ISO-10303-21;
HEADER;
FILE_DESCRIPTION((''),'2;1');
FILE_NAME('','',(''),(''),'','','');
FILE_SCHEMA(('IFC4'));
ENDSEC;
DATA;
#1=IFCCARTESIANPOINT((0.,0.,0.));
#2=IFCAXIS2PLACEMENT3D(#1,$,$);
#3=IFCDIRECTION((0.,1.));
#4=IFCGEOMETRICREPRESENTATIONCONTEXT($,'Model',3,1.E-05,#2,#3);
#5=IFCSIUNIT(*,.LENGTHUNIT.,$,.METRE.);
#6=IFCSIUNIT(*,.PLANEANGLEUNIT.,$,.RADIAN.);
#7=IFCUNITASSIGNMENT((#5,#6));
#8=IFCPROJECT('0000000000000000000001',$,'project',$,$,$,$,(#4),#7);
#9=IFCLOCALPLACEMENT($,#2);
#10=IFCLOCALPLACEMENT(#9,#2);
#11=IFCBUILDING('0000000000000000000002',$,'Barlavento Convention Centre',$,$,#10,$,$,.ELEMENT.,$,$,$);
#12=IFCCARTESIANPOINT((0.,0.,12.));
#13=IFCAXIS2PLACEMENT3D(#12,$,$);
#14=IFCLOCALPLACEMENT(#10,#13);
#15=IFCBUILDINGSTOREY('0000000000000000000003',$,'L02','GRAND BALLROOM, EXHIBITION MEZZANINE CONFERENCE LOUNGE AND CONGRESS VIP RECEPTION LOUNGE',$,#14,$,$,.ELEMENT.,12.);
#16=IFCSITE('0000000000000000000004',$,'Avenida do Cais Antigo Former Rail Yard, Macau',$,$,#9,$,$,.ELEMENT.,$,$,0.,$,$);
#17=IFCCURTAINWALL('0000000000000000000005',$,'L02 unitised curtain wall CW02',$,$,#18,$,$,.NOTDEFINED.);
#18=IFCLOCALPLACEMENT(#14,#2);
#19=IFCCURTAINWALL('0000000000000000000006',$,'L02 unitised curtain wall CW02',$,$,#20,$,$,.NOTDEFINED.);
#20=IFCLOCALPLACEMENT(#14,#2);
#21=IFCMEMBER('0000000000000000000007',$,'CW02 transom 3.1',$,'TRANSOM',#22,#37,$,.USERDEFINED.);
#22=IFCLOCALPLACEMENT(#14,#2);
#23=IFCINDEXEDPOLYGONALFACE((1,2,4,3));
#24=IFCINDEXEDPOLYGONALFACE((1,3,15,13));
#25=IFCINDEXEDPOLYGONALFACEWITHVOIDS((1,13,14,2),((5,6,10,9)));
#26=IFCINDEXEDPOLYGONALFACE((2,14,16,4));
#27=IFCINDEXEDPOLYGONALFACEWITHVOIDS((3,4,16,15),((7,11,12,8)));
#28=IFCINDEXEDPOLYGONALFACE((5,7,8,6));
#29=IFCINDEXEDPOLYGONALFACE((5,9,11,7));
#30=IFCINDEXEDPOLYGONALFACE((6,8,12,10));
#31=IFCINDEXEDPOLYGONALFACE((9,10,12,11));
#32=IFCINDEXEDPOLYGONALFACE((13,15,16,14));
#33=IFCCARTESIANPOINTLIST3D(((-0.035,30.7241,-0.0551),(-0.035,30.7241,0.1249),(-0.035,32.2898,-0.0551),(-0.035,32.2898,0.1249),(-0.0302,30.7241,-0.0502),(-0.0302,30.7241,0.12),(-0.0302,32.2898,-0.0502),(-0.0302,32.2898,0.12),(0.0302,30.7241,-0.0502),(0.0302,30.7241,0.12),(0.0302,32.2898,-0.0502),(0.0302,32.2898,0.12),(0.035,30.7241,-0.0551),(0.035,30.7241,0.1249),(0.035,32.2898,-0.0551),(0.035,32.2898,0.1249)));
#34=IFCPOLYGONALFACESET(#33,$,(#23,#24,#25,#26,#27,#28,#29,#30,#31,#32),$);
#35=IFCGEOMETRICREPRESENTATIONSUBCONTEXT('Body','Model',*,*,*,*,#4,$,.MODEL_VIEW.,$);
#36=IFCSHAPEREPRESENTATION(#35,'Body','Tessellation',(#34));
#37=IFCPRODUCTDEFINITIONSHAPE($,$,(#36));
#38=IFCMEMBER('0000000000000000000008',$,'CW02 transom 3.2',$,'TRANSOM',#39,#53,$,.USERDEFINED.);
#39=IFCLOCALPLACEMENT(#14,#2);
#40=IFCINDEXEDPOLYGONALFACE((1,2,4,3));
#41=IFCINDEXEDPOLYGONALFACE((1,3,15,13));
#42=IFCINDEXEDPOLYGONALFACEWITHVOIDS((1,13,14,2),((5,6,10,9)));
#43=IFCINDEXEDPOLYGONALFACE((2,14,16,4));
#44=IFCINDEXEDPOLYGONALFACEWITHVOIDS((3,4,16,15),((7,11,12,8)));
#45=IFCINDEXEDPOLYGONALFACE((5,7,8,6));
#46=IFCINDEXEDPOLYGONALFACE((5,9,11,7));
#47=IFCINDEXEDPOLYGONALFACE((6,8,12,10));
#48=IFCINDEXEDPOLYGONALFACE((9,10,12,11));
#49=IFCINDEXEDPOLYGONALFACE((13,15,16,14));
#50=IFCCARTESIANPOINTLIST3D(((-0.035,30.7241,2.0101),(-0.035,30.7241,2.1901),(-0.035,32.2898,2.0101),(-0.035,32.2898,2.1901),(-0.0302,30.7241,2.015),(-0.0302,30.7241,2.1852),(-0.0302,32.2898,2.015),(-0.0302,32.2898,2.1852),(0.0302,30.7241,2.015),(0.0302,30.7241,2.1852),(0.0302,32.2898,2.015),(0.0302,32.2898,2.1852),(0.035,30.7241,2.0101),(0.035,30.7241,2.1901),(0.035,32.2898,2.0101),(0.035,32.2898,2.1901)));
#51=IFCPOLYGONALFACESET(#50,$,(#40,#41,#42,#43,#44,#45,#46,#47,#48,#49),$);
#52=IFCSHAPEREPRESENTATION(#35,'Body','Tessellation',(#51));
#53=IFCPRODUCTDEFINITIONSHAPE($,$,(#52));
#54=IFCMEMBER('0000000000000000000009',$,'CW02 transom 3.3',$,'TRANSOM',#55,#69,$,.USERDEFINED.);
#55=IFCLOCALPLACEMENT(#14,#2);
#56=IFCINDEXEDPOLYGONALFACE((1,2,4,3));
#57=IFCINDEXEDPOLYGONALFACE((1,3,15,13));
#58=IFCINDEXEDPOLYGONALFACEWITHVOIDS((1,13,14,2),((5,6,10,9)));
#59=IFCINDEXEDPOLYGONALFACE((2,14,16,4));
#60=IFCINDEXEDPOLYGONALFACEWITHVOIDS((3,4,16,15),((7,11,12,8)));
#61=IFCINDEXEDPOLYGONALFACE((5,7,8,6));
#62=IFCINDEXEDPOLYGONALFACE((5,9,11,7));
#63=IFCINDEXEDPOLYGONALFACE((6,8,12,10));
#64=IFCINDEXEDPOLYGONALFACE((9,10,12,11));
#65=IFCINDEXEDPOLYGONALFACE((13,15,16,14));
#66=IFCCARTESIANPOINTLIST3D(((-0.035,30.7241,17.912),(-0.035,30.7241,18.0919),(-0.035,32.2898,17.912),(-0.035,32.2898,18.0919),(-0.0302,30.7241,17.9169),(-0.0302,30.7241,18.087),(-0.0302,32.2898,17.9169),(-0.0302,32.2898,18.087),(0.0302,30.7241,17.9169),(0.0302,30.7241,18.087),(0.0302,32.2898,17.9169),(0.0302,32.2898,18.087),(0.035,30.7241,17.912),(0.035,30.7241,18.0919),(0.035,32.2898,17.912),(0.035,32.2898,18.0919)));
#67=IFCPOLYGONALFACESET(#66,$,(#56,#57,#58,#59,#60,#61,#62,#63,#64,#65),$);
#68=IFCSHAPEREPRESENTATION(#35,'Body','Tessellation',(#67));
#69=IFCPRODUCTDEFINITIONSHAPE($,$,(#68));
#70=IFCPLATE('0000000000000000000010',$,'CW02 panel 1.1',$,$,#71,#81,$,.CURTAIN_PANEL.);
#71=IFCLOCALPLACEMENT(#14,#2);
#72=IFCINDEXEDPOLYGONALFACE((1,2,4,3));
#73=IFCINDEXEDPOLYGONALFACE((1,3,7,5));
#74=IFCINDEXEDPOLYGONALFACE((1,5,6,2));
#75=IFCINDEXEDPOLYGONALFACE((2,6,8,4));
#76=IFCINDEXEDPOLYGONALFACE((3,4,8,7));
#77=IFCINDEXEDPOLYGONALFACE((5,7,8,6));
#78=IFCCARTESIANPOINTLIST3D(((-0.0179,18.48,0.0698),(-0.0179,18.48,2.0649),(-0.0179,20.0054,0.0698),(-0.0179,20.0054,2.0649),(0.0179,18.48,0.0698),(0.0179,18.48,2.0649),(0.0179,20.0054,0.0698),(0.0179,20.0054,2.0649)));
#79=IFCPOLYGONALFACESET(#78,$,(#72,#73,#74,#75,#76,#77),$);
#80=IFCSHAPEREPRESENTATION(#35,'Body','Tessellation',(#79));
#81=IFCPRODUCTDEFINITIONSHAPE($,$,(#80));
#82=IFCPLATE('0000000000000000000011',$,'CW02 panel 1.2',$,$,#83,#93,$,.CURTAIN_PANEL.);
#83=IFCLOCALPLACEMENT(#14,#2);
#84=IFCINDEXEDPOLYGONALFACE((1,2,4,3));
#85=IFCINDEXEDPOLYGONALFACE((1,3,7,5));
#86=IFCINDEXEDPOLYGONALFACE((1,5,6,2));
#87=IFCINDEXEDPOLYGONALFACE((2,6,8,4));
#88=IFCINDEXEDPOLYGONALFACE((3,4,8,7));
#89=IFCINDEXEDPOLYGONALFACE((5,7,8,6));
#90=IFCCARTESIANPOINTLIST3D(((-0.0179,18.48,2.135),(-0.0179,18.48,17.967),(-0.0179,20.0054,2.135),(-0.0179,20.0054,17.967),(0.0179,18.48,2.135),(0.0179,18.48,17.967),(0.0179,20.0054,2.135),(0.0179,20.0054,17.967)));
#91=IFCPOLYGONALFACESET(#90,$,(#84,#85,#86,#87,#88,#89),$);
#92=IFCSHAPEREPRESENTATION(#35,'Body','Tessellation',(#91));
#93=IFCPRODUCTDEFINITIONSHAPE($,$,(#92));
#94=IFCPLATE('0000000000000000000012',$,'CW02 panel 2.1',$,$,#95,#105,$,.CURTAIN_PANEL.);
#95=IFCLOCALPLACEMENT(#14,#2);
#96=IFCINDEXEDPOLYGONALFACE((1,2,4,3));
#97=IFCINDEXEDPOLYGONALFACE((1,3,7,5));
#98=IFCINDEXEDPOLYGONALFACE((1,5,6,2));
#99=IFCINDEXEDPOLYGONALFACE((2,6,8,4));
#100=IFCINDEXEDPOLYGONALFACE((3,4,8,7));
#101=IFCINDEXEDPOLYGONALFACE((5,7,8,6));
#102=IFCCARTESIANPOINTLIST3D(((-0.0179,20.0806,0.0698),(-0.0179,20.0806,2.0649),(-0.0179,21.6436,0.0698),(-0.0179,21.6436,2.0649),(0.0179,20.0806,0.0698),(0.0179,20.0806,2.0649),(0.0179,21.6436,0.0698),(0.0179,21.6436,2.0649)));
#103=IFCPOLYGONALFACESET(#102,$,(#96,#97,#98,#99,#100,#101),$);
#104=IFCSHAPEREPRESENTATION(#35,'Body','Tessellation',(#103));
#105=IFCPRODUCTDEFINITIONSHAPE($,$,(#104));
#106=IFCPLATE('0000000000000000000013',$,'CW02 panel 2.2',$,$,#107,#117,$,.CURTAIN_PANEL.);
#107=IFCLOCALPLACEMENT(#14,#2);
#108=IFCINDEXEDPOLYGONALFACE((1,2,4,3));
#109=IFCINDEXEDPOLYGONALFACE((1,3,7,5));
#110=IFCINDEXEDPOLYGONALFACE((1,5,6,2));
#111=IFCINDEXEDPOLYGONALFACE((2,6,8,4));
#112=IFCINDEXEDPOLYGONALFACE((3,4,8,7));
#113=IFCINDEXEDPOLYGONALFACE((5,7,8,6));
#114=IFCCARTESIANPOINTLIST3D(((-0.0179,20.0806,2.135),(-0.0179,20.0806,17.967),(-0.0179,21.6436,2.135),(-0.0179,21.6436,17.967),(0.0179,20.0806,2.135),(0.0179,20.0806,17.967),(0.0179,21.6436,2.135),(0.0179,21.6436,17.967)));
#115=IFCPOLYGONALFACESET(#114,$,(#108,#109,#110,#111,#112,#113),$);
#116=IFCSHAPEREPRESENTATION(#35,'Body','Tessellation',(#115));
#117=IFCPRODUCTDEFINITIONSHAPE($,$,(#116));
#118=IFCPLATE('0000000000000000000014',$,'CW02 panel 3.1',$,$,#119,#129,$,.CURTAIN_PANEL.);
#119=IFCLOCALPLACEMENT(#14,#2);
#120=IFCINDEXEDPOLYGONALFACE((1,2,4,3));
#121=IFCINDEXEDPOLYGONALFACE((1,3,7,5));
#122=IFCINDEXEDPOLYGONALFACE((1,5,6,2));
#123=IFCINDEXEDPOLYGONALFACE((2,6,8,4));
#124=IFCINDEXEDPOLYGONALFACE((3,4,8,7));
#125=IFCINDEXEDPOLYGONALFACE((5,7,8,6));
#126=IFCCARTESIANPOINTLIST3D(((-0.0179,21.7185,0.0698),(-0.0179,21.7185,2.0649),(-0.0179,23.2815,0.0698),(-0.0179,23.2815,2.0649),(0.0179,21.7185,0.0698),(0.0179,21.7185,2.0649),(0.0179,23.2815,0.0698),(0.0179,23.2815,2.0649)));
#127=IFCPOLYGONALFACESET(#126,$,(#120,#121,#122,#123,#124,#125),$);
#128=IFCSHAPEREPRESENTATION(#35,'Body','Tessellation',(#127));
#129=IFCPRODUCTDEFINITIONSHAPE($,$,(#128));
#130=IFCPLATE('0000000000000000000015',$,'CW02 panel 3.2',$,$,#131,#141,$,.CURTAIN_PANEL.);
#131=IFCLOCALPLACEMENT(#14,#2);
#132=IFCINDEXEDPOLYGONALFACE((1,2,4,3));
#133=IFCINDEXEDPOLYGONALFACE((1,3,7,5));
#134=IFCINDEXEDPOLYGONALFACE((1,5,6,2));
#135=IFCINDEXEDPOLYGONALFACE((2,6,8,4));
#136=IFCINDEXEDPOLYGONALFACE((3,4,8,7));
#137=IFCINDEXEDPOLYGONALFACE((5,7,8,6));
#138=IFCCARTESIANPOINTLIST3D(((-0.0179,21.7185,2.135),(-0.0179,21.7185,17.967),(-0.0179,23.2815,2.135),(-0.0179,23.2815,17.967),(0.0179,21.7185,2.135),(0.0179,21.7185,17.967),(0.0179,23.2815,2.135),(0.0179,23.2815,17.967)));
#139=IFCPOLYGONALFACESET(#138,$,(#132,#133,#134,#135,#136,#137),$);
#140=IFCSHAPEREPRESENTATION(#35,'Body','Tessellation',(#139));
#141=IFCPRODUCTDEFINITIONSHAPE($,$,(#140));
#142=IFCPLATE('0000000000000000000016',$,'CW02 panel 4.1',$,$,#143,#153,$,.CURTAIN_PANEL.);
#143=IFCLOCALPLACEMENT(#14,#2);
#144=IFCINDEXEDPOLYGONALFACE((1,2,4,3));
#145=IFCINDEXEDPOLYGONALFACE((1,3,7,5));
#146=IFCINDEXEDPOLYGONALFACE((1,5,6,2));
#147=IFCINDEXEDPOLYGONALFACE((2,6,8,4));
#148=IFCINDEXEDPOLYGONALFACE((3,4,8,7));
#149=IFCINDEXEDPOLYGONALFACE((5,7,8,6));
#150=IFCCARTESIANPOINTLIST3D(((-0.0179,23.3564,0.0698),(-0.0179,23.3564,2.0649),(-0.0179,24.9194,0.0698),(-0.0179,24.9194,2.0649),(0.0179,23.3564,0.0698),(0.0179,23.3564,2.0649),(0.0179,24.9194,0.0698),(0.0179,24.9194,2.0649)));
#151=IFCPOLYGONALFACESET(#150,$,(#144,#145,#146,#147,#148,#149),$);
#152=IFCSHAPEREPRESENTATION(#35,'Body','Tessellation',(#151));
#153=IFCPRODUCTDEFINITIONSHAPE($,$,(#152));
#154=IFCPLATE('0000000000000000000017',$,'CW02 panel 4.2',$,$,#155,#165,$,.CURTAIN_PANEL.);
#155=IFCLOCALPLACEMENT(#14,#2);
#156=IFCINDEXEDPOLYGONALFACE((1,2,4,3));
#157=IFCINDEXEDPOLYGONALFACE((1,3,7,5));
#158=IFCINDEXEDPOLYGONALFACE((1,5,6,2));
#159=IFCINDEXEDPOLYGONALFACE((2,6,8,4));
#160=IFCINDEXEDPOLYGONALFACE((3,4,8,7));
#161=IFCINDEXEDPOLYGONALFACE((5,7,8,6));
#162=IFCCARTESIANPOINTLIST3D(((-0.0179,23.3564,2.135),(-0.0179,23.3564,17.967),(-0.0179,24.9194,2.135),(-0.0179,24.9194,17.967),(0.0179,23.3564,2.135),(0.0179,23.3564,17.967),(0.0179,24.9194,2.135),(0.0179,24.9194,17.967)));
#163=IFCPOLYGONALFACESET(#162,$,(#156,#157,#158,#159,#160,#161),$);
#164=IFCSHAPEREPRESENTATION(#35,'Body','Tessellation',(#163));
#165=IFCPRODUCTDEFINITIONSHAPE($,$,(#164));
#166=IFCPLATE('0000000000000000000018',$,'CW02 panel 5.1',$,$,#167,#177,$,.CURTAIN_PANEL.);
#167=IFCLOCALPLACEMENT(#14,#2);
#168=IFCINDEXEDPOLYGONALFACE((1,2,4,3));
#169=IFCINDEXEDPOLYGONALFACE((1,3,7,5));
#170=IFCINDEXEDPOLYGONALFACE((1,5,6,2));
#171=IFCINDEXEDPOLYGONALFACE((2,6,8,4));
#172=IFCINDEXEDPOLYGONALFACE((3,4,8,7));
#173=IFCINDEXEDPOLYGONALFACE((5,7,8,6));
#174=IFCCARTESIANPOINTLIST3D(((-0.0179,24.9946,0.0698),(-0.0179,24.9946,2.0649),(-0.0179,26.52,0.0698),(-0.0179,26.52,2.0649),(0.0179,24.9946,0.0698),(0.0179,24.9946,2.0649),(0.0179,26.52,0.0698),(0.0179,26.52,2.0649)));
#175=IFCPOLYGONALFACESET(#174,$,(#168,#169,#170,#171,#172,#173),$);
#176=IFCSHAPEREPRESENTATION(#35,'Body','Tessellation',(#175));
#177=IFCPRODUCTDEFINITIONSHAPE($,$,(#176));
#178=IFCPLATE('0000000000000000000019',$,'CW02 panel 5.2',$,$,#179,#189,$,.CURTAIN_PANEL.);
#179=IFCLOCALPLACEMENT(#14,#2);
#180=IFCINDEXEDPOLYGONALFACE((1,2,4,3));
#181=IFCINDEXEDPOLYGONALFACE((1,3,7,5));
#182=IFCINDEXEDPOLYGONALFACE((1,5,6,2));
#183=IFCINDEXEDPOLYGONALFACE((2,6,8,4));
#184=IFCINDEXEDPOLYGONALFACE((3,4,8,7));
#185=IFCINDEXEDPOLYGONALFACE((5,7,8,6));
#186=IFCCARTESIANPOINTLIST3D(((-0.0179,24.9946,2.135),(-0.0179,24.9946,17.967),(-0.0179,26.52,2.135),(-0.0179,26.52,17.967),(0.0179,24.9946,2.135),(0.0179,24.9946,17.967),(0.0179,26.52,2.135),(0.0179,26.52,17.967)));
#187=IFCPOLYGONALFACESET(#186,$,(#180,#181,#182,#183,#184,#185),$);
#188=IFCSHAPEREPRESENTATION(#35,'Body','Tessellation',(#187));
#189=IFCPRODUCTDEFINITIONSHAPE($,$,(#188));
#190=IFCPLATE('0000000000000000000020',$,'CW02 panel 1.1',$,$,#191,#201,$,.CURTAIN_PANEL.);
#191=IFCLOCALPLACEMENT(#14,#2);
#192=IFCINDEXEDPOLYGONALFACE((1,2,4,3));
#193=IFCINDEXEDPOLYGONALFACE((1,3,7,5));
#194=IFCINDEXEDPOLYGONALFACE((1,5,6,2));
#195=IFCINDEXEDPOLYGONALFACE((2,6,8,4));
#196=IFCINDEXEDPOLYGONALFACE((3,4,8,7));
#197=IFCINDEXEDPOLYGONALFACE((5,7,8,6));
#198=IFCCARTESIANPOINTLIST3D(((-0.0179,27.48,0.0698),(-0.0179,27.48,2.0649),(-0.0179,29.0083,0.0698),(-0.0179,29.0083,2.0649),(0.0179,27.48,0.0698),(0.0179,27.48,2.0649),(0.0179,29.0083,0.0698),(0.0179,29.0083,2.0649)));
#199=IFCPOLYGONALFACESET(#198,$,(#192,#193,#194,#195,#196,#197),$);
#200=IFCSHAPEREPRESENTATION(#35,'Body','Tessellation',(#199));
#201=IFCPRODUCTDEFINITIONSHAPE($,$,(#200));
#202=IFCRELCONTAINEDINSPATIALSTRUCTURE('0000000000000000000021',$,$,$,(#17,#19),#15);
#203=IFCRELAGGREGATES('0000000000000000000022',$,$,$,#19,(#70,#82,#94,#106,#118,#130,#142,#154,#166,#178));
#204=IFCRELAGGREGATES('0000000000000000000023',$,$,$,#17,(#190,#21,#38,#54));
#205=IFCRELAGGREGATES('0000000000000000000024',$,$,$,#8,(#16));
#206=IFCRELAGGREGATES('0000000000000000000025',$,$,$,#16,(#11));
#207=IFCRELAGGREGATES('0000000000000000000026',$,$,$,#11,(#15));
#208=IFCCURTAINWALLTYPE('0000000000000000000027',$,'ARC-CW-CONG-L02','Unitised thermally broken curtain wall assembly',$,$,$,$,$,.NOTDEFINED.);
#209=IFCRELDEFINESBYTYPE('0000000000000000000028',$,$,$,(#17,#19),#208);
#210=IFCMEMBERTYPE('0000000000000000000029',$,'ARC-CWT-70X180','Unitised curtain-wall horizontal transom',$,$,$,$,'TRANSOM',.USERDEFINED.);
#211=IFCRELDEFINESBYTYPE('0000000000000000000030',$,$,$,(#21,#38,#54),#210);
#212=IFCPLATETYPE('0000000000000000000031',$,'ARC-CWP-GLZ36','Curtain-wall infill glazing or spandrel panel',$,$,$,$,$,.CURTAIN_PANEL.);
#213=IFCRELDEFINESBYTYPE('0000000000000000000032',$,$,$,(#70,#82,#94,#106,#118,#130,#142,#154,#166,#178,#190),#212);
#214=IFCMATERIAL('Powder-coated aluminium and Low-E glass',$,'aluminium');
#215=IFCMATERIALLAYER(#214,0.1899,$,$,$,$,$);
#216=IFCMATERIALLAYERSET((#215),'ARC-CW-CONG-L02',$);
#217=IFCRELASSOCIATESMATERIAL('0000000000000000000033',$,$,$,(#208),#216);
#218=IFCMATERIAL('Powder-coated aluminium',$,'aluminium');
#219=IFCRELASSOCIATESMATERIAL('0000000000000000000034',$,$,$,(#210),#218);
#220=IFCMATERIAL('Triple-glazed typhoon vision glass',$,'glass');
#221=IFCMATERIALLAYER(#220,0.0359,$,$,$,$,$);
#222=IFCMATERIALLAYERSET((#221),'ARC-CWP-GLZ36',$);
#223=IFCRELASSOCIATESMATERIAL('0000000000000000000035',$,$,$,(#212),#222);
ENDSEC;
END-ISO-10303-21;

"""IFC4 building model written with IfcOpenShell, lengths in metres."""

from ifc_helpers import new_model, si_unit, direction, frame, origin, origin_2d, place, context, subcontext, project, spatial, rectangle, hollow_rectangle, extrude, material, layer, layer_set, material_profile, profile_set, type_object, element, aggregate, save


model = new_model("IFC4")

# Units and contexts
model_context = context("Model", 3, precision=1e-05, world=origin(), true_north=direction((0.0, 1.0)))
body_context = subcontext(model_context, "Body", "Model", "MODEL_VIEW")
ifc_project = project(units=[si_unit("LENGTHUNIT", "METRE"), si_unit("PLANEANGLEUNIT", "RADIAN")], contexts=[model_context])

# Site, building, storey
site_placement = place(None, origin())
site = spatial("IfcSite", under=ifc_project, at=site_placement, Name="Avenida do Cais Antigo Former Rail Yard, Macau", CompositionType="ELEMENT", RefElevation=0.0)
building_placement = place(site_placement, origin())
building = spatial("IfcBuilding", under=site, at=building_placement, Name="Barlavento Convention Centre", CompositionType="ELEMENT")
storey_placement = place(building_placement, frame((0.0, 0.0, 12.0)))
storey = spatial("IfcBuildingStorey", under=building, at=storey_placement, Name="L02", Description="GRAND BALLROOM, EXHIBITION MEZZANINE CONFERENCE LOUNGE AND CONGRESS VIP RECEPTION LOUNGE", CompositionType="ELEMENT", Elevation=12.0)

# Curtain wall
ifc_material_1 = material(Name="Powder-coated aluminium and Low-E glass", Category="aluminium")
ifc_layer_1 = layer(ifc_material_1, 0.1899)
ifc_layer_set_1 = layer_set([ifc_layer_1], Name="ARC-CW-CONG-L02")
curtain_wall_type = type_object("IfcCurtainWallType", Name="ARC-CW-CONG-L02", Description="Unitised thermally broken curtain wall assembly", PredefinedType="NOTDEFINED", material=ifc_layer_set_1)
curtain_wall_1_placement = place(storey_placement, origin())
curtain_wall_1 = element("IfcCurtainWall", 1, at=curtain_wall_1_placement, inside=storey, type_object=curtain_wall_type, Name="L02 unitised curtain wall CW02", PredefinedType="NOTDEFINED")
ifc_material_2 = material(Name="Powder-coated aluminium", Category="aluminium")

# Curtain wall
curtain_wall_2_placement = place(storey_placement, origin())
curtain_wall_2 = element("IfcCurtainWall", 2, at=curtain_wall_2_placement, inside=storey, type_object=curtain_wall_type, Name="L02 unitised curtain wall CW02", PredefinedType="NOTDEFINED")
ifc_material_profile_1 = material_profile(ifc_material_2, hollow_rectangle(XDim=0.0701, YDim=0.1799, WallThickness=0.0049, at=origin_2d()), Name="AL-TRAN 70x180x5")
ifc_profile_set_1 = profile_set([ifc_material_profile_1], Name="Powder-coated aluminium")
member_type_1 = type_object("IfcMemberType", Name="ARC-CWT-70X180", Description="Unitised curtain-wall horizontal transom", ElementType="TRANSOM", PredefinedType="USERDEFINED", material=ifc_profile_set_1)

# Members
member_1_placement = place(storey_placement, frame((0.0, 30.7241, 0.0349), z_axis=(0.0, 1.0, 0.0), x_axis=(-1.0, 0.0, 0.0)))
member_1 = element("IfcMember", 3, at=member_1_placement, type_object=member_type_1, Name="CW02 transom 3.1", ObjectType="TRANSOM", PredefinedType="USERDEFINED", context=body_context, shape_type="SweptSolid", body=[
    extrude(hollow_rectangle(XDim=0.0701, YDim=0.1799, WallThickness=0.0049, at=origin_2d()), origin(), (0.0, 0.0, 1.0), 1.5657),
])
member_2_placement = place(storey_placement, frame((0.0, 30.7241, 2.1001), z_axis=(0.0, 1.0, 0.0), x_axis=(-1.0, 0.0, 0.0)))
member_2 = element("IfcMember", 4, at=member_2_placement, type_object=member_type_1, Name="CW02 transom 3.2", ObjectType="TRANSOM", PredefinedType="USERDEFINED", context=body_context, shape_type="SweptSolid", body=[
    extrude(hollow_rectangle(XDim=0.0701, YDim=0.1799, WallThickness=0.0049, at=origin_2d()), origin(), (0.0, 0.0, 1.0), 1.5657),
])
member_3_placement = place(storey_placement, frame((0.0, 30.7241, 18.002), z_axis=(0.0, 1.0, 0.0), x_axis=(-1.0, 0.0, 0.0)))
member_3 = element("IfcMember", 5, at=member_3_placement, type_object=member_type_1, Name="CW02 transom 3.3", ObjectType="TRANSOM", PredefinedType="USERDEFINED", context=body_context, shape_type="SweptSolid", body=[
    extrude(hollow_rectangle(XDim=0.0701, YDim=0.1799, WallThickness=0.0049, at=origin_2d()), origin(), (0.0, 0.0, 1.0), 1.5657),
])

# Plates
ifc_material_3 = material(Name="Triple-glazed typhoon vision glass", Category="glass")
ifc_layer_2 = layer(ifc_material_3, 0.0359)
ifc_layer_set_2 = layer_set([ifc_layer_2], Name="ARC-CWP-GLZ36")
plate_type = type_object("IfcPlateType", Name="ARC-CWP-GLZ36", Description="Curtain-wall infill glazing or spandrel panel", PredefinedType="CURTAIN_PANEL", material=ifc_layer_set_2)
plate_1_placement = place(storey_placement, frame((0.0, 19.2427, 0.0698), z_axis=(0.0, 0.0, 1.0), x_axis=(0.0, 1.0, 0.0)))
plate_1 = element("IfcPlate", 6, at=plate_1_placement, type_object=plate_type, Name="CW02 panel 1.1", PredefinedType="CURTAIN_PANEL", context=body_context, shape_type="SweptSolid", body=[
    extrude(rectangle(XDim=1.5254, YDim=0.0359, at=origin_2d()), origin(), (0.0, 0.0, 1.0), 1.9951),
])
plate_2_placement = place(storey_placement, frame((0.0, 19.2427, 2.135), z_axis=(0.0, 0.0, 1.0), x_axis=(0.0, 1.0, 0.0)))
plate_2 = element("IfcPlate", 7, at=plate_2_placement, type_object=plate_type, Name="CW02 panel 1.2", PredefinedType="CURTAIN_PANEL", context=body_context, shape_type="SweptSolid", body=[
    extrude(rectangle(XDim=1.5254, YDim=0.0359, at=origin_2d()), origin(), (0.0, 0.0, 1.0), 15.832),
])
plate_3_placement = place(storey_placement, frame((0.0, 20.8621, 0.0698), z_axis=(0.0, 0.0, 1.0), x_axis=(0.0, 1.0, 0.0)))
plate_3 = element("IfcPlate", 8, at=plate_3_placement, type_object=plate_type, Name="CW02 panel 2.1", PredefinedType="CURTAIN_PANEL", context=body_context, shape_type="SweptSolid", body=[
    extrude(rectangle(XDim=1.563, YDim=0.0359, at=origin_2d()), origin(), (0.0, 0.0, 1.0), 1.9951),
])
plate_4_placement = place(storey_placement, frame((0.0, 20.8621, 2.135), z_axis=(0.0, 0.0, 1.0), x_axis=(0.0, 1.0, 0.0)))
plate_4 = element("IfcPlate", 9, at=plate_4_placement, type_object=plate_type, Name="CW02 panel 2.2", PredefinedType="CURTAIN_PANEL", context=body_context, shape_type="SweptSolid", body=[
    extrude(rectangle(XDim=1.563, YDim=0.0359, at=origin_2d()), origin(), (0.0, 0.0, 1.0), 15.832),
])
plate_5_placement = place(storey_placement, frame((0.0, 22.5, 0.0698), z_axis=(0.0, 0.0, 1.0), x_axis=(0.0, 1.0, 0.0)))
plate_5 = element("IfcPlate", 10, at=plate_5_placement, type_object=plate_type, Name="CW02 panel 3.1", PredefinedType="CURTAIN_PANEL", context=body_context, shape_type="SweptSolid", body=[
    extrude(rectangle(XDim=1.563, YDim=0.0359, at=origin_2d()), origin(), (0.0, 0.0, 1.0), 1.9951),
])
plate_6_placement = place(storey_placement, frame((0.0, 22.5, 2.135), z_axis=(0.0, 0.0, 1.0), x_axis=(0.0, 1.0, 0.0)))
plate_6 = element("IfcPlate", 11, at=plate_6_placement, type_object=plate_type, Name="CW02 panel 3.2", PredefinedType="CURTAIN_PANEL", context=body_context, shape_type="SweptSolid", body=[
    extrude(rectangle(XDim=1.563, YDim=0.0359, at=origin_2d()), origin(), (0.0, 0.0, 1.0), 15.832),
])
plate_7_placement = place(storey_placement, frame((0.0, 24.1379, 0.0698), z_axis=(0.0, 0.0, 1.0), x_axis=(0.0, 1.0, 0.0)))
plate_7 = element("IfcPlate", 12, at=plate_7_placement, type_object=plate_type, Name="CW02 panel 4.1", PredefinedType="CURTAIN_PANEL", context=body_context, shape_type="SweptSolid", body=[
    extrude(rectangle(XDim=1.563, YDim=0.0359, at=origin_2d()), origin(), (0.0, 0.0, 1.0), 1.9951),
])
plate_8_placement = place(storey_placement, frame((0.0, 24.1379, 2.135), z_axis=(0.0, 0.0, 1.0), x_axis=(0.0, 1.0, 0.0)))
plate_8 = element("IfcPlate", 13, at=plate_8_placement, type_object=plate_type, Name="CW02 panel 4.2", PredefinedType="CURTAIN_PANEL", context=body_context, shape_type="SweptSolid", body=[
    extrude(rectangle(XDim=1.563, YDim=0.0359, at=origin_2d()), origin(), (0.0, 0.0, 1.0), 15.832),
])
plate_9_placement = place(storey_placement, frame((0.0, 25.7573, 0.0698), z_axis=(0.0, 0.0, 1.0), x_axis=(0.0, 1.0, 0.0)))
plate_9 = element("IfcPlate", 14, at=plate_9_placement, type_object=plate_type, Name="CW02 panel 5.1", PredefinedType="CURTAIN_PANEL", context=body_context, shape_type="SweptSolid", body=[
    extrude(rectangle(XDim=1.5254, YDim=0.0359, at=origin_2d()), origin(), (0.0, 0.0, 1.0), 1.9951),
])
plate_10_placement = place(storey_placement, frame((0.0, 25.7573, 2.135), z_axis=(0.0, 0.0, 1.0), x_axis=(0.0, 1.0, 0.0)))
plate_10 = element("IfcPlate", 15, at=plate_10_placement, type_object=plate_type, Name="CW02 panel 5.2", PredefinedType="CURTAIN_PANEL", context=body_context, shape_type="SweptSolid", body=[
    extrude(rectangle(XDim=1.5254, YDim=0.0359, at=origin_2d()), origin(), (0.0, 0.0, 1.0), 15.832),
])
aggregate(curtain_wall_2, [plate_1, plate_2, plate_3, plate_4, plate_5, plate_6, plate_7, plate_8, plate_9, plate_10])
plate_11_placement = place(storey_placement, frame((0.0, 28.2441, 0.0698), z_axis=(0.0, 0.0, 1.0), x_axis=(0.0, 1.0, 0.0)))
plate_11 = element("IfcPlate", 16, at=plate_11_placement, type_object=plate_type, Name="CW02 panel 1.1", PredefinedType="CURTAIN_PANEL", context=body_context, shape_type="SweptSolid", body=[
    extrude(rectangle(XDim=1.5283, YDim=0.0359, at=origin_2d()), origin(), (0.0, 0.0, 1.0), 1.9951),
])
aggregate(curtain_wall_1, [plate_11, member_1, member_2, member_3])

save(model, "model.ifc")
